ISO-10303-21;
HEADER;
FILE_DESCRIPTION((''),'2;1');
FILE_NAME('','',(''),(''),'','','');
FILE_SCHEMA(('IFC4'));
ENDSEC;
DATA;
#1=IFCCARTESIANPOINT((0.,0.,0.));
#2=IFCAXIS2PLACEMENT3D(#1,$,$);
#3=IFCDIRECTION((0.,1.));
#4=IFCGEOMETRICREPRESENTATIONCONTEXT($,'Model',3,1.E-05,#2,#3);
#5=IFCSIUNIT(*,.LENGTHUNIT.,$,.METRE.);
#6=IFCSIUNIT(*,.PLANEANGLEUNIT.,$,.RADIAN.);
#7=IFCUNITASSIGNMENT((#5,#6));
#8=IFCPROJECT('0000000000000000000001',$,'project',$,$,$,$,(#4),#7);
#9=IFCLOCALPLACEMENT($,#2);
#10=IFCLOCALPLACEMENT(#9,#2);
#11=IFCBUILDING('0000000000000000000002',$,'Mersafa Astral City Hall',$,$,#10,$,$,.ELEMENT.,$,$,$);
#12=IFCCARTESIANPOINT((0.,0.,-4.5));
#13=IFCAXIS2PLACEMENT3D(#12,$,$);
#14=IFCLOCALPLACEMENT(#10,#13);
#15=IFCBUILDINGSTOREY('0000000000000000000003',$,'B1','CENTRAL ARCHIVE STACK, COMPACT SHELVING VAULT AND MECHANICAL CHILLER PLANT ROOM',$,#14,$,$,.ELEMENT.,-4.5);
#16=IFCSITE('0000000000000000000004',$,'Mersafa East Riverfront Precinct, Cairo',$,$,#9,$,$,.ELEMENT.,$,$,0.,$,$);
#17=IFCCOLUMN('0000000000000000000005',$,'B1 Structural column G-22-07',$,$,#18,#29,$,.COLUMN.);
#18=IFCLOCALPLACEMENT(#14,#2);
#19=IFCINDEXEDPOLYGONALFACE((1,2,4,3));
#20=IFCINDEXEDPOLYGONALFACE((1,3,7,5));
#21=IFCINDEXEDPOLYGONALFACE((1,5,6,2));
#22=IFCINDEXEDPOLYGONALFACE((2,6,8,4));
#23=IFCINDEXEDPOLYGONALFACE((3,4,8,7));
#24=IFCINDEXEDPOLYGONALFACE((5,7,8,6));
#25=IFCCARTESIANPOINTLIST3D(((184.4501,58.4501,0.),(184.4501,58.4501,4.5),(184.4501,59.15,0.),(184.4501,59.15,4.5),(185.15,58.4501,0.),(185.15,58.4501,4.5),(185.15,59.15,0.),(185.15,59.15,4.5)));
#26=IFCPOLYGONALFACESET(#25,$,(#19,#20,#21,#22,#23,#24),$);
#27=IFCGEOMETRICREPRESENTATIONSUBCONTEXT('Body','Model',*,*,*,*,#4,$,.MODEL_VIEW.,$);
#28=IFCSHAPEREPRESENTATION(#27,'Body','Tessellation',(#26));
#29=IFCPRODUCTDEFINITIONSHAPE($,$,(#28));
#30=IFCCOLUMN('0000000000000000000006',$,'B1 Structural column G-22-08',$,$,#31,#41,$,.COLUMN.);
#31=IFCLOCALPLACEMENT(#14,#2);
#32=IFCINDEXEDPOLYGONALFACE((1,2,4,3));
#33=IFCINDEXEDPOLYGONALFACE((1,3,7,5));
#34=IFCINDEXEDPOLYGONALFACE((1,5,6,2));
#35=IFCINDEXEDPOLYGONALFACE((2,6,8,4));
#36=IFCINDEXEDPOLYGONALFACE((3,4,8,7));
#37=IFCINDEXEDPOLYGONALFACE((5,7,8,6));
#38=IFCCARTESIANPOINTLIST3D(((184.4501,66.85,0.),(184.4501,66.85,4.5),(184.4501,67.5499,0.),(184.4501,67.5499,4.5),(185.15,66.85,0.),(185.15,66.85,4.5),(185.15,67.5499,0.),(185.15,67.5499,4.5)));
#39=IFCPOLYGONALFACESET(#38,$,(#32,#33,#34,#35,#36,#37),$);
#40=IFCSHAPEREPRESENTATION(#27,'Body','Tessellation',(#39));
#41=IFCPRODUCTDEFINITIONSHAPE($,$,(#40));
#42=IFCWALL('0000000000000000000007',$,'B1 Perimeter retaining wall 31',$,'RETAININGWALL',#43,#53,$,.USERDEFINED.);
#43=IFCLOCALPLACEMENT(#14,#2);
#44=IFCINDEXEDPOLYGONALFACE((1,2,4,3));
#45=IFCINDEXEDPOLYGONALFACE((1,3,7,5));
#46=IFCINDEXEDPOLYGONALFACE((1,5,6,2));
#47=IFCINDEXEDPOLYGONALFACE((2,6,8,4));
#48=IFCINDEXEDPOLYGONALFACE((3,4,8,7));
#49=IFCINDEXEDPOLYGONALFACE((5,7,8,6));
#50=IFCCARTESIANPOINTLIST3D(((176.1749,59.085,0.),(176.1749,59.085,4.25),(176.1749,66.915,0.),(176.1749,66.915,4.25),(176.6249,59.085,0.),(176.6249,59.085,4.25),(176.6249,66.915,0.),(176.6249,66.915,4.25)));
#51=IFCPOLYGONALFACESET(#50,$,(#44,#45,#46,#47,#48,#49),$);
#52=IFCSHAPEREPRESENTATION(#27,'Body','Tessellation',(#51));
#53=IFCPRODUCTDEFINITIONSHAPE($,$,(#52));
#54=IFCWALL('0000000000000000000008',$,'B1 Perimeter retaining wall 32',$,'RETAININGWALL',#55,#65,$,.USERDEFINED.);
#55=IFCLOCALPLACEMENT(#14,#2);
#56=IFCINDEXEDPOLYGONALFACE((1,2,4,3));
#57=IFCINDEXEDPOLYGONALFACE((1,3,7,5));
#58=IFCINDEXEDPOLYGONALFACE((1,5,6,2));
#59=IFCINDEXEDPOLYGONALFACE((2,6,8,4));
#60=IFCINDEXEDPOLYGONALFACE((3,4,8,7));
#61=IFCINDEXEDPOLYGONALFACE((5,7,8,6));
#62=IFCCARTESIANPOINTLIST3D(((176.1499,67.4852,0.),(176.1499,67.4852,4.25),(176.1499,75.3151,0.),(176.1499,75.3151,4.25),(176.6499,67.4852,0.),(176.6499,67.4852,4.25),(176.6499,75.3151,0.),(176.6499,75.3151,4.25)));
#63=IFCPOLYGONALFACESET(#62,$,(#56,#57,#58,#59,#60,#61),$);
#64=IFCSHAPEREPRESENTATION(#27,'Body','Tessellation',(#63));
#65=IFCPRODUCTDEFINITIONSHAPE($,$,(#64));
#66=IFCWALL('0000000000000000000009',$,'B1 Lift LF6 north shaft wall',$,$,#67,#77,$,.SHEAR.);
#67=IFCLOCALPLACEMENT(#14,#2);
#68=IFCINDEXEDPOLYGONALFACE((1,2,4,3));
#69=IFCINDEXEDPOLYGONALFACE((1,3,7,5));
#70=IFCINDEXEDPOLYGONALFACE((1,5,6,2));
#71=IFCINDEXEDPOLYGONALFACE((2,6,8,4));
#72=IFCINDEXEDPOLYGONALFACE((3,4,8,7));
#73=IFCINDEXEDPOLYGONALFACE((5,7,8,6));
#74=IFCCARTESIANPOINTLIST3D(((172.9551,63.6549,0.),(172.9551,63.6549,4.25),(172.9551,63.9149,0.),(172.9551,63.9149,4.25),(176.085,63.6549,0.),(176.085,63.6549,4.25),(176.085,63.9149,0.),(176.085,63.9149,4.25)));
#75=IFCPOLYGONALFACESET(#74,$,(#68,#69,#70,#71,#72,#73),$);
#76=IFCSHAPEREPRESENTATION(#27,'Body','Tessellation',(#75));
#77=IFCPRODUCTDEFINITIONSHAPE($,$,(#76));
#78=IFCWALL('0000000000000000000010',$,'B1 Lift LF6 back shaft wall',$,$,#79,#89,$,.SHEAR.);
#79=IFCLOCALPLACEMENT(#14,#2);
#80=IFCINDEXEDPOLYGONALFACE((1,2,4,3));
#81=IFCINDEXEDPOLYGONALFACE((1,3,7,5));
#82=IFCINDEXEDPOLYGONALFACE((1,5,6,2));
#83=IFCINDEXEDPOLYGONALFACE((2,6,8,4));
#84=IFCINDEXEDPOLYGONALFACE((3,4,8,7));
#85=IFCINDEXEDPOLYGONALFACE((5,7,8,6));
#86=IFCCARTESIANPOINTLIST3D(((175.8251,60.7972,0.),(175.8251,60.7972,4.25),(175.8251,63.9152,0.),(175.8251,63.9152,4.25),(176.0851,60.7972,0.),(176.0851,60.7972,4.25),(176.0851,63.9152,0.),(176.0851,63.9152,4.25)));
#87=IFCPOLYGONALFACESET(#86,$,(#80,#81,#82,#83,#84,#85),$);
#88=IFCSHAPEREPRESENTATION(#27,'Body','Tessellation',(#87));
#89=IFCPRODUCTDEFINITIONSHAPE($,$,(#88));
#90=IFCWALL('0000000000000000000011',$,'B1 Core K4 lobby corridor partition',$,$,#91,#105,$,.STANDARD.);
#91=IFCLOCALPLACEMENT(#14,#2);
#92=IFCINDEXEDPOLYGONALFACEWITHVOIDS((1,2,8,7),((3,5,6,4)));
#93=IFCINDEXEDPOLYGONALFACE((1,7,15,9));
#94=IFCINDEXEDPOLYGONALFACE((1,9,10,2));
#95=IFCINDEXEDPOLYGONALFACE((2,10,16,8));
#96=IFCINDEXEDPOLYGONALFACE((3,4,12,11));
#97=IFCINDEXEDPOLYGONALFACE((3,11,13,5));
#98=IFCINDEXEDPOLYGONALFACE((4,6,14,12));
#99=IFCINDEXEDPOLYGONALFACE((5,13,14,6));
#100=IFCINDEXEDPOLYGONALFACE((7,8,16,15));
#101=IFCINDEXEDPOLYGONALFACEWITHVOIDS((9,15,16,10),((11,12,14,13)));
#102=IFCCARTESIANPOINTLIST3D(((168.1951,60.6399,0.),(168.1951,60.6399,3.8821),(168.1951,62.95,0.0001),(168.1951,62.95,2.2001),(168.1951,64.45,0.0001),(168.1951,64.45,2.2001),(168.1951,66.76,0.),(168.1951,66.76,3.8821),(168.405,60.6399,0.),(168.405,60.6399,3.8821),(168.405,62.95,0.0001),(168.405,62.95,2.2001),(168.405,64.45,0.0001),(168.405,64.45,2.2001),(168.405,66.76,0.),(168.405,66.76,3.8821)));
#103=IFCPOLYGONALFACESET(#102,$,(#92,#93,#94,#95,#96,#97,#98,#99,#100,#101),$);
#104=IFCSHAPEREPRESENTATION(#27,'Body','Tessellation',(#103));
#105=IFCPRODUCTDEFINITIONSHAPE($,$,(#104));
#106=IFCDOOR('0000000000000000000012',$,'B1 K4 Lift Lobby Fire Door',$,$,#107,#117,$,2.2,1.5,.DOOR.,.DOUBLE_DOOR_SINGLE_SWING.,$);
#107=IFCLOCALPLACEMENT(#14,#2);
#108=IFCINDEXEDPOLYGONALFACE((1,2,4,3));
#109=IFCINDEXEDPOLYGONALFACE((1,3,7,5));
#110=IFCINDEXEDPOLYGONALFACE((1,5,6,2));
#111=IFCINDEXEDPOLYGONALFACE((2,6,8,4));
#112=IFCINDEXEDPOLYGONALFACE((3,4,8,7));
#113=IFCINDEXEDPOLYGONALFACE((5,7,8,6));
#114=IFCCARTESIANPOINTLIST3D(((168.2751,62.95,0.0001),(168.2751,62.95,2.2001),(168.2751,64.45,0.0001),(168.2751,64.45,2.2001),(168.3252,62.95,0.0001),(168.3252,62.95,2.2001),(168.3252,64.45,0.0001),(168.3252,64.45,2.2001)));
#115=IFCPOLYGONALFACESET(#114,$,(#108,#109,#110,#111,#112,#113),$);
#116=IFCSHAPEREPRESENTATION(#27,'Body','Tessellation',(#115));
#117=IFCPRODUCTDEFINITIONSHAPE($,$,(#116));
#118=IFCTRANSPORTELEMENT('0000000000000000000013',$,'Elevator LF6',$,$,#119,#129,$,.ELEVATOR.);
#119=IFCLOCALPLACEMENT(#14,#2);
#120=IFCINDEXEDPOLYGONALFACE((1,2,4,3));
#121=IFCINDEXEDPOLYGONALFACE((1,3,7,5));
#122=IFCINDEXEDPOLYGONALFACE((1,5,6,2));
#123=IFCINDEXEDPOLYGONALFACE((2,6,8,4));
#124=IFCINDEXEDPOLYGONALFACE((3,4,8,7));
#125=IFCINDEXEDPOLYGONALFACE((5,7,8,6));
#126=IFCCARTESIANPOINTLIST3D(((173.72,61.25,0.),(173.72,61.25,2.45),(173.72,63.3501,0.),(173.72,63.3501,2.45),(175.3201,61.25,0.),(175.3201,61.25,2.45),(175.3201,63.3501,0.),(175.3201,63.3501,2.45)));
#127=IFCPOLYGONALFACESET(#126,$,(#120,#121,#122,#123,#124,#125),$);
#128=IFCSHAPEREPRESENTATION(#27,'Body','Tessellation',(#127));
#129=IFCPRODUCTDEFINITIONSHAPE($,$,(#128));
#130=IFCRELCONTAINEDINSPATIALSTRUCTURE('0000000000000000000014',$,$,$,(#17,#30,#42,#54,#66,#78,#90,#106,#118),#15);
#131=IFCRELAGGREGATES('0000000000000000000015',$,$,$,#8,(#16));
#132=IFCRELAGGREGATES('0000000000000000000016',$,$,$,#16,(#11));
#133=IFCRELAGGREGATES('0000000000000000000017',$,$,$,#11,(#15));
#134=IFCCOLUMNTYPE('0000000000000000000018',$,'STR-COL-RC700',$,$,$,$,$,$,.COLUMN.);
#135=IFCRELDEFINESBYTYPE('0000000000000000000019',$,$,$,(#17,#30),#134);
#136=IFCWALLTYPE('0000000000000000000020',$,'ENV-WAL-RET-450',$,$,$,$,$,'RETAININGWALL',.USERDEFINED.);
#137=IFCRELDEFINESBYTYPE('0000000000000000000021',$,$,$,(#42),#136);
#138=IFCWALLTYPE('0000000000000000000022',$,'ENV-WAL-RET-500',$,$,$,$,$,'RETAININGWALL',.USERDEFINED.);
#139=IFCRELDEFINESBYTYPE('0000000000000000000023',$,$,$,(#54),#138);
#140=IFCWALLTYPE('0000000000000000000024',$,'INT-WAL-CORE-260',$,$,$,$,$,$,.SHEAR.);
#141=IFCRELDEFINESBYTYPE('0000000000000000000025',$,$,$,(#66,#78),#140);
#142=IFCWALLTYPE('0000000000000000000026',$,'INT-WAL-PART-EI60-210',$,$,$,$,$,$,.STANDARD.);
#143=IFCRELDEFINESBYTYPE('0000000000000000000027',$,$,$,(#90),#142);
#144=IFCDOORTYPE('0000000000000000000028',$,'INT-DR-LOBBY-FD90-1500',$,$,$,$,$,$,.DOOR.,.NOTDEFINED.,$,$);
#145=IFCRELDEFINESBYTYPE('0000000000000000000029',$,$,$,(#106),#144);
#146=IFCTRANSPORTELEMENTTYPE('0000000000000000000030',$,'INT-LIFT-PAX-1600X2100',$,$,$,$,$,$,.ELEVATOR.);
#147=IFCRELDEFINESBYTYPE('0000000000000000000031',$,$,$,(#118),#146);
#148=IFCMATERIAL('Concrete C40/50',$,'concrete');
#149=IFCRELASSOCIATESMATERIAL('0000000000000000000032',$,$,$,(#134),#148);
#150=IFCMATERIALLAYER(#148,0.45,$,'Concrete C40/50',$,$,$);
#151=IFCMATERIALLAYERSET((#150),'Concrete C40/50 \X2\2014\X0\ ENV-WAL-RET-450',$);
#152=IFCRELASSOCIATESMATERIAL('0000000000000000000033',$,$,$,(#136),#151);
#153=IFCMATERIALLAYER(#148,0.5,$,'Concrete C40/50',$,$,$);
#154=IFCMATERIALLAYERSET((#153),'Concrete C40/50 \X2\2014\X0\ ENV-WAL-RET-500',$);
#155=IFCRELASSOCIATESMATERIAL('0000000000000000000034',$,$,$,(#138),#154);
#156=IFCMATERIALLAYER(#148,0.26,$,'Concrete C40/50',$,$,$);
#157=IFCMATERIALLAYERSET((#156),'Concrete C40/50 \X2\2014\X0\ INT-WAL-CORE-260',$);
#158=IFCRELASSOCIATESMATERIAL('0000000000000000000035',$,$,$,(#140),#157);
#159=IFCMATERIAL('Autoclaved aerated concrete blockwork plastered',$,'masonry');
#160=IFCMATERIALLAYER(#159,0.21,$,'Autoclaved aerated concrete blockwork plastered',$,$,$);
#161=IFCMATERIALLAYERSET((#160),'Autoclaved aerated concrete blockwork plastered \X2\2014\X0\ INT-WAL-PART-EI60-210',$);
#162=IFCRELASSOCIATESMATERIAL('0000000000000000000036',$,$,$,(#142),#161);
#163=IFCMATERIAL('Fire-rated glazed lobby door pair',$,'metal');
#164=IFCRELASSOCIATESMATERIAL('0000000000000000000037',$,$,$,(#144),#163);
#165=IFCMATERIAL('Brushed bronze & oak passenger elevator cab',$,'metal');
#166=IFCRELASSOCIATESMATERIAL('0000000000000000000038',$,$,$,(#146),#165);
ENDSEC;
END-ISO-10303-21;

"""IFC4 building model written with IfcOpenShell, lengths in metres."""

from ifc_helpers import new_model, si_unit, direction, frame, frame_2d, origin, origin_2d, place, context, subcontext, project, spatial, rectangle, extrude, material, layer, layer_set, material_profile, profile_set, type_object, element, fill, save


model = new_model("IFC4")

# Units and contexts
model_context = context("Model", 3, precision=1e-05, world=origin(), true_north=direction((0.0, 1.0)))
body_context = subcontext(model_context, "Body", "Model", "MODEL_VIEW")
ifc_project = project(units=[si_unit("LENGTHUNIT", "METRE"), si_unit("PLANEANGLEUNIT", "RADIAN")], contexts=[model_context])

# Site, building, storey
site_placement = place(None, origin())
site = spatial("IfcSite", under=ifc_project, at=site_placement, Name="Mersafa East Riverfront Precinct, Cairo", CompositionType="ELEMENT", RefElevation=0.0)
building_placement = place(site_placement, origin())
building = spatial("IfcBuilding", under=site, at=building_placement, Name="Mersafa Astral City Hall", CompositionType="ELEMENT")
storey_placement = place(building_placement, frame((0.0, 0.0, -4.5)))
storey = spatial("IfcBuildingStorey", under=building, at=storey_placement, Name="B1", Description="CENTRAL ARCHIVE STACK, COMPACT SHELVING VAULT AND MECHANICAL CHILLER PLANT ROOM", CompositionType="ELEMENT", Elevation=-4.5)

# Shared definitions
ifc_material_1 = material(Name="Concrete C40/50", Category="concrete")

# Columns
ifc_material_profile_1 = material_profile(ifc_material_1, rectangle(XDim=0.7, YDim=0.7, at=origin_2d()), Name="RC 700x700")
ifc_profile_set_1 = profile_set([ifc_material_profile_1], Name="Concrete C40/50")
column_type_1 = type_object("IfcColumnType", Name="STR-COL-RC700", PredefinedType="COLUMN", material=ifc_profile_set_1)
for number, where, z_axis, x_axis, name in (
    (1, (184.8, 58.8, 0.0), (0.0, 0.0, 1.0), (1.0, 0.0, 0.0), "B1 Structural column G-22-07"),
    (2, (184.8, 67.2, 0.0), (0.0, 0.0, 1.0), (1.0, 0.0, 0.0), "B1 Structural column G-22-08"),
):
    element("IfcColumn", number, at=place(storey_placement, frame(where, z_axis=z_axis, x_axis=x_axis)), inside=storey, type_object=column_type_1, Name=name, PredefinedType="COLUMN", context=body_context, shape_type="SweptSolid", body=[
        extrude(rectangle(XDim=0.7, YDim=0.7, at=origin_2d()), origin(), (0.0, 0.0, 1.0), 4.5),
    ])

# Walls
ifc_layer_1 = layer(ifc_material_1, 0.45, Name="Concrete C40/50")
ifc_layer_set_1 = layer_set([ifc_layer_1], Name="Concrete C40/50 — ENV-WAL-RET-450")
wall_type_1 = type_object("IfcWallType", Name="ENV-WAL-RET-450", ElementType="RETAININGWALL", PredefinedType="USERDEFINED", material=ifc_layer_set_1)
wall_1_placement = place(storey_placement, frame((176.3999, 59.085, 0.0), z_axis=(0.0, 0.0, 1.0), x_axis=(0.0, 1.0, 0.0)))
element("IfcWall", 3, at=wall_1_placement, inside=storey, type_object=wall_type_1, Name="B1 Perimeter retaining wall 31", ObjectType="RETAININGWALL", PredefinedType="USERDEFINED", context=body_context, shape_type="SweptSolid", body=[
    extrude(rectangle(XDim=7.8301, YDim=0.45, at=frame_2d((3.915, 0.0))), origin(), (0.0, 0.0, 1.0), 4.25),
])
ifc_layer_2 = layer(ifc_material_1, 0.5, Name="Concrete C40/50")
ifc_layer_set_2 = layer_set([ifc_layer_2], Name="Concrete C40/50 — ENV-WAL-RET-500")
wall_type_2 = type_object("IfcWallType", Name="ENV-WAL-RET-500", ElementType="RETAININGWALL", PredefinedType="USERDEFINED", material=ifc_layer_set_2)
wall_2_placement = place(storey_placement, frame((176.3999, 67.4851, 0.0), z_axis=(0.0, 0.0, 1.0), x_axis=(0.0, 1.0, 0.0)))
element("IfcWall", 4, at=wall_2_placement, inside=storey, type_object=wall_type_2, Name="B1 Perimeter retaining wall 32", ObjectType="RETAININGWALL", PredefinedType="USERDEFINED", context=body_context, shape_type="SweptSolid", body=[
    extrude(rectangle(XDim=7.8298, YDim=0.5, at=frame_2d((3.915, 0.0))), origin(), (0.0, 0.0, 1.0), 4.25),
])
ifc_layer_3 = layer(ifc_material_1, 0.26, Name="Concrete C40/50")
ifc_layer_set_3 = layer_set([ifc_layer_3], Name="Concrete C40/50 — INT-WAL-CORE-260")
wall_type_3 = type_object("IfcWallType", Name="INT-WAL-CORE-260", PredefinedType="SHEAR", material=ifc_layer_set_3)
wall_3_placement = place(storey_placement, frame((172.9551, 63.7849, 0.0), z_axis=(0.0, 0.0, 1.0), x_axis=(1.0, 0.0, 0.0)))
element("IfcWall", 5, at=wall_3_placement, inside=storey, type_object=wall_type_3, Name="B1 Lift LF6 north shaft wall", PredefinedType="SHEAR", context=body_context, shape_type="SweptSolid", body=[
    extrude(rectangle(XDim=3.1299, YDim=0.26, at=frame_2d((1.5649, 0.0))), origin(), (0.0, 0.0, 1.0), 4.25),
])
wall_4_placement = place(storey_placement, frame((175.9551, 60.7971, 0.0), z_axis=(0.0, 0.0, 1.0), x_axis=(0.0, 1.0, 0.0)))
element("IfcWall", 6, at=wall_4_placement, inside=storey, type_object=wall_type_3, Name="B1 Lift LF6 back shaft wall", PredefinedType="SHEAR", context=body_context, shape_type="SweptSolid", body=[
    extrude(rectangle(XDim=3.1179, YDim=0.26, at=frame_2d((1.5591, 0.0))), origin(), (0.0, 0.0, 1.0), 4.25),
])

# Wall, opening, door
ifc_material_2 = material(Name="Autoclaved aerated concrete blockwork plastered", Category="masonry")
ifc_layer_4 = layer(ifc_material_2, 0.21, Name="Autoclaved aerated concrete blockwork plastered")
ifc_layer_set_4 = layer_set([ifc_layer_4], Name="Autoclaved aerated concrete blockwork plastered — INT-WAL-PART-EI60-210")
wall_type_4 = type_object("IfcWallType", Name="INT-WAL-PART-EI60-210", PredefinedType="STANDARD", material=ifc_layer_set_4)
wall_5_placement = place(storey_placement, frame((168.3, 60.6399, 0.0), z_axis=(0.0, 0.0, 1.0), x_axis=(0.0, 1.0, 0.0)))
wall_5 = element("IfcWall", 7, at=wall_5_placement, inside=storey, type_object=wall_type_4, Name="B1 Core K4 lobby corridor partition", PredefinedType="STANDARD", context=body_context, shape_type="SweptSolid", body=[
    extrude(rectangle(XDim=6.1201, YDim=0.21, at=frame_2d((3.0601, 0.0))), origin(), (0.0, 0.0, 1.0), 3.8821),
])
opening_1_placement = place(wall_5_placement, frame((2.3101, 0.0, 0.0)))
opening_1 = element("IfcOpeningElement", 8, at=opening_1_placement, cuts=wall_5, PredefinedType="OPENING", context=body_context, shape_type="SweptSolid", body=[
    extrude(rectangle(XDim=1.5, YDim=2.2, at=frame_2d((0.75, 1.1001))), frame((0.0, 0.115, 0.0), z_axis=(0.0, -1.0, 0.0), x_axis=(1.0, 0.0, 0.0)), (0.0, 0.0, 1.0), 0.23),
])
ifc_material_3 = material(Name="Fire-rated glazed lobby door pair", Category="metal")
door_type_1 = type_object("IfcDoorType", Name="INT-DR-LOBBY-FD90-1500", OperationType="NOTDEFINED", PredefinedType="DOOR", material=ifc_material_3)
door_1_placement = place(opening_1_placement, origin())
door_1 = element("IfcDoor", 9, at=door_1_placement, inside=storey, type_object=door_type_1, Name="B1 K4 Lift Lobby Fire Door", OperationType="DOUBLE_DOOR_SINGLE_SWING", OverallHeight=2.2, OverallWidth=1.5, PredefinedType="DOOR", context=body_context, shape_type="SweptSolid", body=[
    extrude(rectangle(XDim=1.5, YDim=2.2, at=frame_2d((0.75, 1.1001))), frame((0.0, 0.0249, 0.0), z_axis=(0.0, -1.0, 0.0), x_axis=(1.0, 0.0, 0.0)), (0.0, 0.0, 1.0), 0.05),
])
fill(opening_1, door_1)

# Transport element
ifc_material_4 = material(Name="Brushed bronze & oak passenger elevator cab", Category="metal")
transport_element_type = type_object("IfcTransportElementType", Name="INT-LIFT-PAX-1600X2100", PredefinedType="ELEVATOR", material=ifc_material_4)
transport_element_placement = place(storey_placement, frame((174.52, 62.3, 0.0), z_axis=(0.0, 0.0, 1.0), x_axis=(1.0, 0.0, 0.0)))
element("IfcTransportElement", 10, at=transport_element_placement, inside=storey, type_object=transport_element_type, Name="Elevator LF6", PredefinedType="ELEVATOR", context=body_context, shape_type="SweptSolid", body=[
    extrude(rectangle(XDim=1.6001, YDim=2.1001, at=origin_2d()), origin(), (0.0, 0.0, 1.0), 2.45),
])

save(model, "model.ifc")
